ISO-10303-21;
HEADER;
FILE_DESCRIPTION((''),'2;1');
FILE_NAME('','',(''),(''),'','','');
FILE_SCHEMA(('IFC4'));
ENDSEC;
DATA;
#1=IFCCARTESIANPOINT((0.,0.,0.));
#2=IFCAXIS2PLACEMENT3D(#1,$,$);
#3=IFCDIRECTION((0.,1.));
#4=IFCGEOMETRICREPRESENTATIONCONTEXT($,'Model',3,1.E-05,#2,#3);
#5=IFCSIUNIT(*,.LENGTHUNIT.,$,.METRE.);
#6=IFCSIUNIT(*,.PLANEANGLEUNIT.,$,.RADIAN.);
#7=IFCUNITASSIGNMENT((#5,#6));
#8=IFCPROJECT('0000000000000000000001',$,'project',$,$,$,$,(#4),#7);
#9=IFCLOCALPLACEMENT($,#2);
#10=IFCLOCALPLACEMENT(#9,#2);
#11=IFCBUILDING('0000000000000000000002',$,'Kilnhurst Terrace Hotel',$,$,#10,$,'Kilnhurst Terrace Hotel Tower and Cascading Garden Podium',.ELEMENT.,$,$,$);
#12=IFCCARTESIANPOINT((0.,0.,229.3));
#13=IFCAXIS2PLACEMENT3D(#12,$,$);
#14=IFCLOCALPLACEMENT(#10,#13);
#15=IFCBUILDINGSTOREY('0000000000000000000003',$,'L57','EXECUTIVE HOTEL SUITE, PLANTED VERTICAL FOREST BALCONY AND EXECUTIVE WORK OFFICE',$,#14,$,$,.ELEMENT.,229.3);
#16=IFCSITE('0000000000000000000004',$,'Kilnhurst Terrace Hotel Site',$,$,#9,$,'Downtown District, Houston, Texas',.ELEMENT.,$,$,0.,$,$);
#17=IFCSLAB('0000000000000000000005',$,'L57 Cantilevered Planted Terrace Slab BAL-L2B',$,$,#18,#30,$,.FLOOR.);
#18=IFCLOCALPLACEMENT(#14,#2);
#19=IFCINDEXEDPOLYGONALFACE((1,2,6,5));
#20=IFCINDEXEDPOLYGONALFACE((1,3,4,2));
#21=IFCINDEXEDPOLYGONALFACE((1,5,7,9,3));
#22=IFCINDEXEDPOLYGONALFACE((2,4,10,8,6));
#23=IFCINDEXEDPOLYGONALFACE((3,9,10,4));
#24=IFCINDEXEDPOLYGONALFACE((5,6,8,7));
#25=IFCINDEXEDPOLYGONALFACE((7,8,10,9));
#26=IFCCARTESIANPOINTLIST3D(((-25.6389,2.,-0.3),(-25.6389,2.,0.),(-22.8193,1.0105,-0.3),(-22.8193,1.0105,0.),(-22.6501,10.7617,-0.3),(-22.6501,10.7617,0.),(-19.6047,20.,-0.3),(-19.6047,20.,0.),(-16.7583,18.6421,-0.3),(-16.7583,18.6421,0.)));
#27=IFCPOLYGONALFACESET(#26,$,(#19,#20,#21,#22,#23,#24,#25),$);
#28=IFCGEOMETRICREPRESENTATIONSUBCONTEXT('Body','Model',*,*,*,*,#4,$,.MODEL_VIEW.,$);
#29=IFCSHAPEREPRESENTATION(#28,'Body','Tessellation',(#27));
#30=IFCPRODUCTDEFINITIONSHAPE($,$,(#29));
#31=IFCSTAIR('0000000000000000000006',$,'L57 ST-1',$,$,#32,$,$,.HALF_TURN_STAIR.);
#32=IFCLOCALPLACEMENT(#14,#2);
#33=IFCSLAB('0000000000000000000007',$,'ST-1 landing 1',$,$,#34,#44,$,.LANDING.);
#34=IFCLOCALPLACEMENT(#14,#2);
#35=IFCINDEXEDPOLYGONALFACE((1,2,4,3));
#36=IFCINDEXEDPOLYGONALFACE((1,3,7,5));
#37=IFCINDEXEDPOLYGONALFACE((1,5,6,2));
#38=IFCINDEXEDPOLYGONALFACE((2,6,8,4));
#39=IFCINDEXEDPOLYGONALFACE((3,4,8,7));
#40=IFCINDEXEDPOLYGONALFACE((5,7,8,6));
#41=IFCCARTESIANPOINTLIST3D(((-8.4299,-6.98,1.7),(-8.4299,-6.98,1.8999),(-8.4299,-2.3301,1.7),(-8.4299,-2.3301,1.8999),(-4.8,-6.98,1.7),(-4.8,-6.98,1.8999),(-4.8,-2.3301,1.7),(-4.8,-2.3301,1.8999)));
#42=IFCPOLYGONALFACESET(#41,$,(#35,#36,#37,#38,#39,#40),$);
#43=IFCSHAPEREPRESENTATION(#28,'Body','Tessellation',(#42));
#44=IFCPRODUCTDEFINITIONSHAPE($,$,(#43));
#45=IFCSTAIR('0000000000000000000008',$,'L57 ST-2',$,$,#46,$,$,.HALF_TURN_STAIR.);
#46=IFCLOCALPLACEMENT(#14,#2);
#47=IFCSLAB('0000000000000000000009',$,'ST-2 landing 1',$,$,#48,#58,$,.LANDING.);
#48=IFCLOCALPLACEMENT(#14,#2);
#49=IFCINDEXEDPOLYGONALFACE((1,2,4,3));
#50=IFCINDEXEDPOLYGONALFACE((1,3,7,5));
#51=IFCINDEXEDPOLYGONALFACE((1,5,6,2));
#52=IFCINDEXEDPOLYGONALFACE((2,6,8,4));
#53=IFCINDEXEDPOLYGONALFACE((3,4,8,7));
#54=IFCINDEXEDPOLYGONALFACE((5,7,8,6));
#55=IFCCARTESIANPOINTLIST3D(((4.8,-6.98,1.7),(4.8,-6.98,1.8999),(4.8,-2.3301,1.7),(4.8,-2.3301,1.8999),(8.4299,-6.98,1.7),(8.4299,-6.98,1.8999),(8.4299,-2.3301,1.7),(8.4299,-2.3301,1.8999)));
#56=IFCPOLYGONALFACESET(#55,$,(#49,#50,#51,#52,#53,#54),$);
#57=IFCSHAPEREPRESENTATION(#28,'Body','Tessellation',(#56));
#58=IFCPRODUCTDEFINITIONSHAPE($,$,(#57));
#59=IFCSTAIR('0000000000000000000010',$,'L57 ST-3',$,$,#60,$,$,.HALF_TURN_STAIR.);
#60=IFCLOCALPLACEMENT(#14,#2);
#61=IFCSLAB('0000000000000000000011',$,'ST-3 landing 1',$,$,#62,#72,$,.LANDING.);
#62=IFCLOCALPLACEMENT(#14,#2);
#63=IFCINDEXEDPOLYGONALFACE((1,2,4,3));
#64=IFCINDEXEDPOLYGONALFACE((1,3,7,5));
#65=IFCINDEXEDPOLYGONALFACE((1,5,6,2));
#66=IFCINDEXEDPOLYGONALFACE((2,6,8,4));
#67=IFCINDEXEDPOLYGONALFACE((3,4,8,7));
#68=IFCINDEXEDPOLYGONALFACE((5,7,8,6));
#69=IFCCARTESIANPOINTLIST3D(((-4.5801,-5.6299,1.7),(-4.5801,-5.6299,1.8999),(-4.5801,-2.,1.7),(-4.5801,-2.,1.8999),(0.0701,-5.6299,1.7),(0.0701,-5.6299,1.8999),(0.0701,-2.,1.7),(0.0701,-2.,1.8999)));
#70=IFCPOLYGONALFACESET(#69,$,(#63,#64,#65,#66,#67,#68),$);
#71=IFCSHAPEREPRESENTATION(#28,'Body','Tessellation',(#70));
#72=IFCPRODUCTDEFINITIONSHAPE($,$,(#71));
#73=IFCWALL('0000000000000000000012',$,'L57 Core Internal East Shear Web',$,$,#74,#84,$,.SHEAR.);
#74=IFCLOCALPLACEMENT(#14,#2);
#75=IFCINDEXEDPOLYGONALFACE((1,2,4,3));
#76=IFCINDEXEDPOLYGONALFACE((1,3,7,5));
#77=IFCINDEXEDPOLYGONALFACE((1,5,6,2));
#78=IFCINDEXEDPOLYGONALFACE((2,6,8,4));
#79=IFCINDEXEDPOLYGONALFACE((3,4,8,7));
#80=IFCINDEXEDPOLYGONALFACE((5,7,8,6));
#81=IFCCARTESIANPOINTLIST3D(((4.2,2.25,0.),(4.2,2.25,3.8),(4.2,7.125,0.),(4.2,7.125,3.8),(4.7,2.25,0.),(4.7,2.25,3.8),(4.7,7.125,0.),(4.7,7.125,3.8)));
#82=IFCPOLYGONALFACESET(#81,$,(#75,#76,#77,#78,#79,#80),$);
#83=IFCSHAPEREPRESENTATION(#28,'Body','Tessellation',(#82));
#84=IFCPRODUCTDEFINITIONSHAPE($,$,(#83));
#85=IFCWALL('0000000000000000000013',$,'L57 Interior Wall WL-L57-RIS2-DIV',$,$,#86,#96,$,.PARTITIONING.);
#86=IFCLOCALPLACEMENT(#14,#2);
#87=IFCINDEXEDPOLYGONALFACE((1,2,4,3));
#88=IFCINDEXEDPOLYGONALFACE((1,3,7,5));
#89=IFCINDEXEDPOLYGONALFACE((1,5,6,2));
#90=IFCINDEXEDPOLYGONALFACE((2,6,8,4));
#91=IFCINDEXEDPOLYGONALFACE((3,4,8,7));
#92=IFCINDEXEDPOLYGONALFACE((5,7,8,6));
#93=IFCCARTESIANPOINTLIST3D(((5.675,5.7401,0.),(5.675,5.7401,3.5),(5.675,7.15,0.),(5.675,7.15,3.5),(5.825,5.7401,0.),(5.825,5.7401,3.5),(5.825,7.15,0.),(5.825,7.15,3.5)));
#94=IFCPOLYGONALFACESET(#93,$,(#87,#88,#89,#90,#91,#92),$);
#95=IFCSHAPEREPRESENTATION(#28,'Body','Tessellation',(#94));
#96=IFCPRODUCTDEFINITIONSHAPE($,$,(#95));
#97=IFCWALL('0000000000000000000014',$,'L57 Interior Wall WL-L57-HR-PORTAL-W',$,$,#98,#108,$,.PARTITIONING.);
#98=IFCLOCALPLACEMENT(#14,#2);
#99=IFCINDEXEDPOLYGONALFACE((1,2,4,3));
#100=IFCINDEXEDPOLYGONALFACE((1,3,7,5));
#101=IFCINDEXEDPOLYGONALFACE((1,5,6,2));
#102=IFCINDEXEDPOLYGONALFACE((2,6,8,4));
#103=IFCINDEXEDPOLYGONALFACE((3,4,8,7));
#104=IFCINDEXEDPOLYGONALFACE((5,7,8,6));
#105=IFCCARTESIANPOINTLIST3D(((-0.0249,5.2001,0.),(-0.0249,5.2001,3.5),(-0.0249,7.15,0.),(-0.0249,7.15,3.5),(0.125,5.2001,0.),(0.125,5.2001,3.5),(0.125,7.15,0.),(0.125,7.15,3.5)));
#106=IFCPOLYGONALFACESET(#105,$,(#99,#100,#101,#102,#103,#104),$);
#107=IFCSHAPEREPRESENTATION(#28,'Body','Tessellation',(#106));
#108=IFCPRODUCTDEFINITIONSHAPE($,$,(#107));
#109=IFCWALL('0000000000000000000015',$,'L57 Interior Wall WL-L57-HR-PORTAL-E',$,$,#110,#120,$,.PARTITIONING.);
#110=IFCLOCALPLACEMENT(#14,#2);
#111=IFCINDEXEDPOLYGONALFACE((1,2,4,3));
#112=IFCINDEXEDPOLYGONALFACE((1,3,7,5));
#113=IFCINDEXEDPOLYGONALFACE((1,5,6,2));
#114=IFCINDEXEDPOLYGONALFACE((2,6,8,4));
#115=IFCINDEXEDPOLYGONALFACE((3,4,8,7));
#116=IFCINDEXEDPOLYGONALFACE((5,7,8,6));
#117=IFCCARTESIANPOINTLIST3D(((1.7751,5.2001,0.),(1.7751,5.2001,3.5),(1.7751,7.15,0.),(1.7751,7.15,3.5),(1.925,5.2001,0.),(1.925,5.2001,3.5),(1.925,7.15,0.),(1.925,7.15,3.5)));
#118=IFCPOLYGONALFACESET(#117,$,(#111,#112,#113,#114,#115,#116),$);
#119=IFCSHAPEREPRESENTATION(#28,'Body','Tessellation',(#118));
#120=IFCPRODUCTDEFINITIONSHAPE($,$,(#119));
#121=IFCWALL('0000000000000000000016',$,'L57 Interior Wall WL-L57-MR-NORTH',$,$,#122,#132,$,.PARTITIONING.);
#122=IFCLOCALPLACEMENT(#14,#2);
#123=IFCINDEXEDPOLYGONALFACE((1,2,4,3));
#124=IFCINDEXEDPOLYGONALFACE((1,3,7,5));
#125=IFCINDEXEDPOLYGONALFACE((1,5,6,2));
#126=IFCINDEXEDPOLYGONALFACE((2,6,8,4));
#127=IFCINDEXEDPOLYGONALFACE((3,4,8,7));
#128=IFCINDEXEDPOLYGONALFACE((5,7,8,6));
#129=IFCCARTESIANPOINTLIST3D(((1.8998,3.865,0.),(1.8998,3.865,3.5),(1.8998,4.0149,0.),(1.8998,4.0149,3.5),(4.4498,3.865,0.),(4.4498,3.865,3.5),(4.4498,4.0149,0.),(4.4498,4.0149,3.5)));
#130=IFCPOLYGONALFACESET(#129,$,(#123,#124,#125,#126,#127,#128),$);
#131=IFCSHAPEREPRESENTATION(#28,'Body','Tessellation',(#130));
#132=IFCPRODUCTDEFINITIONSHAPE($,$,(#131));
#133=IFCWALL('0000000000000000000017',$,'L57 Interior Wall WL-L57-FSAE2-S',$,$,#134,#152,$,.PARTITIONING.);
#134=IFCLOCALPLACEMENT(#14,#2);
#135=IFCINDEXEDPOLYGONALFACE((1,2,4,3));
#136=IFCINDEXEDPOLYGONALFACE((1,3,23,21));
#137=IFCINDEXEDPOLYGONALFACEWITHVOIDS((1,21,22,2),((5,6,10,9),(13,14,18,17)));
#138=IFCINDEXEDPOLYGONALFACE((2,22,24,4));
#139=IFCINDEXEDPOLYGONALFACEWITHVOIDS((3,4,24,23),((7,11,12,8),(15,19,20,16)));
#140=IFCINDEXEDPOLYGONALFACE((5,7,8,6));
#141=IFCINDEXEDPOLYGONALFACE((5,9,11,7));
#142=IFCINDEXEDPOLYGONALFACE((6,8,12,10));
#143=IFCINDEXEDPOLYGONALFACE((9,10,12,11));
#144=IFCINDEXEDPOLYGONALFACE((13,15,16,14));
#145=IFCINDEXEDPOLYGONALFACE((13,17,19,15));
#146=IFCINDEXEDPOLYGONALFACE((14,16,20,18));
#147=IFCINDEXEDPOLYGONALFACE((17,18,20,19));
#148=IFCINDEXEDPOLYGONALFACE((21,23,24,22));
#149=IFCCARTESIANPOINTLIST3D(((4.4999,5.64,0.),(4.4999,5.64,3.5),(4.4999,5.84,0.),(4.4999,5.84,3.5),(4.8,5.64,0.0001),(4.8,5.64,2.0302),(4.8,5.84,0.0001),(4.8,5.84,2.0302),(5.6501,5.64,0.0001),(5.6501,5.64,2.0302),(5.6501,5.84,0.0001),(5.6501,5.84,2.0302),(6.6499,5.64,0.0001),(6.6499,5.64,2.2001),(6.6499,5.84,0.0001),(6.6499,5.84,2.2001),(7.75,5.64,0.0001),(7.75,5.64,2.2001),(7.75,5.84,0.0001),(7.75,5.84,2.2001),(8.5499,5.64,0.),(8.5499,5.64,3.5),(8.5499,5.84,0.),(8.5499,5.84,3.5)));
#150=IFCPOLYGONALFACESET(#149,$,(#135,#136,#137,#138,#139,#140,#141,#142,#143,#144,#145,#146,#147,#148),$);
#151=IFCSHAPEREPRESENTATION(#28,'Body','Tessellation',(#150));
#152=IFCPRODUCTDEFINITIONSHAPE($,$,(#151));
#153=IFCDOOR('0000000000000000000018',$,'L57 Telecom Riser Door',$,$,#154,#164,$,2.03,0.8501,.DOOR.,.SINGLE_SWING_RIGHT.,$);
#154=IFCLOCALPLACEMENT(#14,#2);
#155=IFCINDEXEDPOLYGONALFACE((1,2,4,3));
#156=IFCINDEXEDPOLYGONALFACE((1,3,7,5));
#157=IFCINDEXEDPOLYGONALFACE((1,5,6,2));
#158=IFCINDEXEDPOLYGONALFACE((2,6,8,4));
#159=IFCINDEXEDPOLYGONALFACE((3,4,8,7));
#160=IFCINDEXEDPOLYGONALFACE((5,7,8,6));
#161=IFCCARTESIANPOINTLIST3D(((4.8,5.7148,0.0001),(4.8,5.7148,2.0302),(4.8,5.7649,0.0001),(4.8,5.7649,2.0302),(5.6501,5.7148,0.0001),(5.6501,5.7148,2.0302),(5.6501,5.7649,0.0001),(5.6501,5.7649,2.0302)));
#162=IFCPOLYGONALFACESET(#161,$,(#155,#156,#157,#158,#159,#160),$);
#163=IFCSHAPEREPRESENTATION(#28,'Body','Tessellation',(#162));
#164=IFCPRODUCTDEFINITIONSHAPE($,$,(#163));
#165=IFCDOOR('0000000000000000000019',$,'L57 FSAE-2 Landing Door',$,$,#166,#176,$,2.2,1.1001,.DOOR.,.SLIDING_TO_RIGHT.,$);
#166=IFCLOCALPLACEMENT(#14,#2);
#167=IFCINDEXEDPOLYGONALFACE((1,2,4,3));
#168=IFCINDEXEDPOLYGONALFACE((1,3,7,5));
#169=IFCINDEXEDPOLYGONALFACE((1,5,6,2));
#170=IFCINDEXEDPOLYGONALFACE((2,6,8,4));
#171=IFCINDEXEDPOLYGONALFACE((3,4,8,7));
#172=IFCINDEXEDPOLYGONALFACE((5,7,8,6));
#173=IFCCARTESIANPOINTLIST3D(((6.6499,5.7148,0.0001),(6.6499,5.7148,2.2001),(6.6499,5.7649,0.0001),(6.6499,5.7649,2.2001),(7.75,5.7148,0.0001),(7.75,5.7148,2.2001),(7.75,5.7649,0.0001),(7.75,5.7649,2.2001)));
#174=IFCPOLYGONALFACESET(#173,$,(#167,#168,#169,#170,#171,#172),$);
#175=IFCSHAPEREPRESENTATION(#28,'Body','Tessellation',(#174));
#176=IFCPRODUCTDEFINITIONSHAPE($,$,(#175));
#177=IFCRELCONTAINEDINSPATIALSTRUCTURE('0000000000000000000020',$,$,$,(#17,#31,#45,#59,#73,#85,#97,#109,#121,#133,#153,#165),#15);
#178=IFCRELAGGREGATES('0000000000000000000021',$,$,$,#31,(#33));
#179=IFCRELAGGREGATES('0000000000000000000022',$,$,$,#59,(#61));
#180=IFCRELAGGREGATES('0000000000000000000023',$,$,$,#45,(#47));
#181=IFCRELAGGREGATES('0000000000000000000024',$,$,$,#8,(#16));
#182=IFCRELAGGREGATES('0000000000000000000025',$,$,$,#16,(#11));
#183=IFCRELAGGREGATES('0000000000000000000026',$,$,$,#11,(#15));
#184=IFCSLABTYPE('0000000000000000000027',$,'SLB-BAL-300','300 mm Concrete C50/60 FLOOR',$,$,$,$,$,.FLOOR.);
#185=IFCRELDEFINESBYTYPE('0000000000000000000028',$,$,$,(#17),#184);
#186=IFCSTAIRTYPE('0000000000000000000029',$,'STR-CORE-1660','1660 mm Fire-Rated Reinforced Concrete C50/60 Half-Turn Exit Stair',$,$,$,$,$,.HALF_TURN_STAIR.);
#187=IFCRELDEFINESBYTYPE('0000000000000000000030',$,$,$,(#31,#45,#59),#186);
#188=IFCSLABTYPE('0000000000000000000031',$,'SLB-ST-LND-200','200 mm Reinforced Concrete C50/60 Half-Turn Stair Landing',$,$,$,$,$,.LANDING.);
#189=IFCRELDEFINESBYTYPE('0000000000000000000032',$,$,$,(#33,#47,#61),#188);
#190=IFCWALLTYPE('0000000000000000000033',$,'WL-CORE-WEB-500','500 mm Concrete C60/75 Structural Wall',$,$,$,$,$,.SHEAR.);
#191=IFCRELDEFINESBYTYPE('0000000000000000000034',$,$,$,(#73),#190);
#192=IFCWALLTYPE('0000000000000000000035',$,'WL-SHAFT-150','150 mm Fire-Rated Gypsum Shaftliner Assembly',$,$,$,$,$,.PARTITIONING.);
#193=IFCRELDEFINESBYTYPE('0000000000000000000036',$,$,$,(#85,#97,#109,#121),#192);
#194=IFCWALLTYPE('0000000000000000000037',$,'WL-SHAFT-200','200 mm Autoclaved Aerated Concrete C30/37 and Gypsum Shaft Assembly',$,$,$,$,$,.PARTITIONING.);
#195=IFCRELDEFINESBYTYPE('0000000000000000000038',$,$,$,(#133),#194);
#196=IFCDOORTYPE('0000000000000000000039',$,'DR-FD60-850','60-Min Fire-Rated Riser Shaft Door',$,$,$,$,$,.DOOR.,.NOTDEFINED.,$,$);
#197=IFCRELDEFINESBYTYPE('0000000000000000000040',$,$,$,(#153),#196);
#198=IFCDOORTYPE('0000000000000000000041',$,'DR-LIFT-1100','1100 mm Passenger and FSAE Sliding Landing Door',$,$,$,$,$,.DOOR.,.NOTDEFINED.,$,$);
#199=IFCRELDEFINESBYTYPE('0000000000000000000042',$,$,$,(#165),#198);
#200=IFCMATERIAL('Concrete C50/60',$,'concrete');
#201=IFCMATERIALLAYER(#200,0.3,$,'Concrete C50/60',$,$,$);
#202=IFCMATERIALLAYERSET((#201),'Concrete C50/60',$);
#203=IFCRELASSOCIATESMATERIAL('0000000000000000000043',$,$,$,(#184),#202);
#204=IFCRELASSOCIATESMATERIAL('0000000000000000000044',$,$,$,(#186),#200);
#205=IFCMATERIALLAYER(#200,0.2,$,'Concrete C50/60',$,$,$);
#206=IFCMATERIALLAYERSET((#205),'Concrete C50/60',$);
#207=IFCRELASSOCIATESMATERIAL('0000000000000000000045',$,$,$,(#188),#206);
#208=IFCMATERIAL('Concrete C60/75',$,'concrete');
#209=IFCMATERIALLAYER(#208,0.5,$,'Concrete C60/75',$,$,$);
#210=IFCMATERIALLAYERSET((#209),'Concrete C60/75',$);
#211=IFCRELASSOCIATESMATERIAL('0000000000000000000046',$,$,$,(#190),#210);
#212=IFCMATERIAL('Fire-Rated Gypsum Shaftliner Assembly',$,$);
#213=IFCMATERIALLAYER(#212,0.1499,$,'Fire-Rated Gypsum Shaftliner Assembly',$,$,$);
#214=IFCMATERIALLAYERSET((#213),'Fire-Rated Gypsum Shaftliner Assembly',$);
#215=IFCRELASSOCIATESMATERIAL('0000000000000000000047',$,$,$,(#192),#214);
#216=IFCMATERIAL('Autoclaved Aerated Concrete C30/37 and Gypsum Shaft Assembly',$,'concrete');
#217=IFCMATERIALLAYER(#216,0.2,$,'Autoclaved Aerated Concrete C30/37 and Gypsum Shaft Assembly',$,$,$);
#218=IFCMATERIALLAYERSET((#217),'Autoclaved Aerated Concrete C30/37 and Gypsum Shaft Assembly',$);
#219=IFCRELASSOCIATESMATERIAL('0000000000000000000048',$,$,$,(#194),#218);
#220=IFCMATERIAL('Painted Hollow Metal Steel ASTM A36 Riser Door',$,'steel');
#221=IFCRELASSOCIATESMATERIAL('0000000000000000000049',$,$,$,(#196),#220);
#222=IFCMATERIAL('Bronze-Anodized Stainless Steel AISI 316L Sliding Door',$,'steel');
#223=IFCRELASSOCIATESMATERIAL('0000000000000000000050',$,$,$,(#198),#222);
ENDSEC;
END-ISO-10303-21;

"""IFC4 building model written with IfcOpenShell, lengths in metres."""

from ifc_helpers import new_model, si_unit, direction, frame, frame_2d, origin, place, context, subcontext, project, spatial, polyline, rectangle, outline, extrude, material, layer, layer_set, type_object, element, fill, aggregate, save


model = new_model("IFC4")

# Units and contexts
model_context = context("Model", 3, precision=1e-05, world=origin(), true_north=direction((0.0, 1.0)))
body_context = subcontext(model_context, "Body", "Model", "MODEL_VIEW")
ifc_project = project(units=[si_unit("LENGTHUNIT", "METRE"), si_unit("PLANEANGLEUNIT", "RADIAN")], contexts=[model_context])

# Site, building, storey
site_placement = place(None, origin())
site = spatial("IfcSite", under=ifc_project, at=site_placement, Name="Kilnhurst Terrace Hotel Site", LongName="Downtown District, Houston, Texas", CompositionType="ELEMENT", RefElevation=0.0)
building_placement = place(site_placement, origin())
building = spatial("IfcBuilding", under=site, at=building_placement, Name="Kilnhurst Terrace Hotel", LongName="Kilnhurst Terrace Hotel Tower and Cascading Garden Podium", CompositionType="ELEMENT")
storey_placement = place(building_placement, frame((0.0, 0.0, 229.3)))
storey = spatial("IfcBuildingStorey", under=building, at=storey_placement, Name="L57", Description="EXECUTIVE HOTEL SUITE, PLANTED VERTICAL FOREST BALCONY AND EXECUTIVE WORK OFFICE", CompositionType="ELEMENT", Elevation=229.3)

# Slab
ifc_material_1 = material(Name="Concrete C50/60", Category="concrete")
ifc_layer_1 = layer(ifc_material_1, 0.3, Name="Concrete C50/60")
ifc_layer_set_1 = layer_set([ifc_layer_1], Name="Concrete C50/60")
slab_type_1 = type_object("IfcSlabType", Name="SLB-BAL-300", Description="300 mm Concrete C50/60 FLOOR", PredefinedType="FLOOR", material=ifc_layer_set_1)
slab_1_placement = place(storey_placement, frame((0.0, 0.0, -0.3)))
element("IfcSlab", 1, at=slab_1_placement, inside=storey, type_object=slab_type_1, Name="L57 Cantilevered Planted Terrace Slab BAL-L2B", PredefinedType="FLOOR", context=body_context, shape_type="SweptSolid", body=[
    extrude(outline(polyline([(-19.6047, 20.0), (-16.7583, 18.6421), (-22.8193, 1.0105), (-25.6389, 2.0), (-22.6501, 10.7617), (-19.6047, 20.0)])), origin(), (0.0, 0.0, 1.0), 0.3),
])

# Stairs, slabs
stair_type = type_object("IfcStairType", Name="STR-CORE-1660", Description="1660 mm Fire-Rated Reinforced Concrete C50/60 Half-Turn Exit Stair", PredefinedType="HALF_TURN_STAIR", material=ifc_material_1)
stair_1_placement = place(storey_placement, origin())
stair_1 = element("IfcStair", 2, at=stair_1_placement, inside=storey, type_object=stair_type, Name="L57 ST-1", PredefinedType="HALF_TURN_STAIR")
ifc_layer_2 = layer(ifc_material_1, 0.2, Name="Concrete C50/60")
ifc_layer_set_2 = layer_set([ifc_layer_2], Name="Concrete C50/60")
slab_type_2 = type_object("IfcSlabType", Name="SLB-ST-LND-200", Description="200 mm Reinforced Concrete C50/60 Half-Turn Stair Landing", PredefinedType="LANDING", material=ifc_layer_set_2)
slab_2_placement = place(storey_placement, frame((0.0, 0.0, 1.7)))
slab_2 = element("IfcSlab", 3, at=slab_2_placement, type_object=slab_type_2, Name="ST-1 landing 1", PredefinedType="LANDING", context=body_context, shape_type="SweptSolid", body=[
    extrude(outline(polyline([(-8.4299, -2.3301), (-4.8, -2.3301), (-4.8, -6.98), (-8.4299, -6.98), (-8.4299, -2.3301)])), origin(), (0.0, 0.0, 1.0), 0.2),
])
aggregate(stair_1, [slab_2])
stair_2_placement = place(storey_placement, origin())
stair_2 = element("IfcStair", 4, at=stair_2_placement, inside=storey, type_object=stair_type, Name="L57 ST-2", PredefinedType="HALF_TURN_STAIR")
slab_3_placement = place(storey_placement, frame((0.0, 0.0, 1.7)))
slab_3 = element("IfcSlab", 5, at=slab_3_placement, type_object=slab_type_2, Name="ST-2 landing 1", PredefinedType="LANDING", context=body_context, shape_type="SweptSolid", body=[
    extrude(outline(polyline([(4.8, -2.3301), (8.4299, -2.3301), (8.4299, -6.98), (4.8, -6.98), (4.8, -2.3301)])), origin(), (0.0, 0.0, 1.0), 0.2),
])
stair_3_placement = place(storey_placement, origin())
stair_3 = element("IfcStair", 6, at=stair_3_placement, inside=storey, type_object=stair_type, Name="L57 ST-3", PredefinedType="HALF_TURN_STAIR")
slab_4_placement = place(storey_placement, frame((0.0, 0.0, 1.7)))
slab_4 = element("IfcSlab", 7, at=slab_4_placement, type_object=slab_type_2, Name="ST-3 landing 1", PredefinedType="LANDING", context=body_context, shape_type="SweptSolid", body=[
    extrude(outline(polyline([(0.0701, -2.0), (0.0701, -5.6299), (-4.5801, -5.6299), (-4.5801, -2.0), (0.0701, -2.0)])), origin(), (0.0, 0.0, 1.0), 0.2),
])
aggregate(stair_3, [slab_4])

# Walls
ifc_material_2 = material(Name="Concrete C60/75", Category="concrete")
ifc_layer_3 = layer(ifc_material_2, 0.5, Name="Concrete C60/75")
ifc_layer_set_3 = layer_set([ifc_layer_3], Name="Concrete C60/75")
wall_type_1 = type_object("IfcWallType", Name="WL-CORE-WEB-500", Description="500 mm Concrete C60/75 Structural Wall", PredefinedType="SHEAR", material=ifc_layer_set_3)
wall_1_placement = place(storey_placement, frame((4.45, 2.25, 0.0), z_axis=(0.0, 0.0, 1.0), x_axis=(0.0, 1.0, 0.0)))
element("IfcWall", 8, at=wall_1_placement, inside=storey, type_object=wall_type_1, Name="L57 Core Internal East Shear Web", PredefinedType="SHEAR", context=body_context, shape_type="SweptSolid", body=[
    extrude(rectangle(XDim=4.875, YDim=0.5, at=frame_2d((2.4375, 0.0))), origin(), (0.0, 0.0, 1.0), 3.8),
])
ifc_material_3 = material(Name="Fire-Rated Gypsum Shaftliner Assembly")
ifc_layer_4 = layer(ifc_material_3, 0.1499, Name="Fire-Rated Gypsum Shaftliner Assembly")
ifc_layer_set_4 = layer_set([ifc_layer_4], Name="Fire-Rated Gypsum Shaftliner Assembly")
wall_type_2 = type_object("IfcWallType", Name="WL-SHAFT-150", Description="150 mm Fire-Rated Gypsum Shaftliner Assembly", PredefinedType="PARTITIONING", material=ifc_layer_set_4)
wall_2_placement = place(storey_placement, frame((5.75, 5.74, 0.0), z_axis=(0.0, 0.0, 1.0), x_axis=(0.0, 1.0, 0.0)))
element("IfcWall", 9, at=wall_2_placement, inside=storey, type_object=wall_type_2, Name="L57 Interior Wall WL-L57-RIS2-DIV", PredefinedType="PARTITIONING", context=body_context, shape_type="SweptSolid", body=[
    extrude(rectangle(XDim=1.4099, YDim=0.1499, at=frame_2d((0.7051, 0.0))), origin(), (0.0, 0.0, 1.0), 3.5),
])
for number, where, z_axis, x_axis, name in (
    (10, (0.05, 5.2, 0.0), (0.0, 0.0, 1.0), (0.0, 1.0, 0.0), "L57 Interior Wall WL-L57-HR-PORTAL-W"),
    (11, (1.8501, 5.2, 0.0), (0.0, 0.0, 1.0), (0.0, 1.0, 0.0), "L57 Interior Wall WL-L57-HR-PORTAL-E"),
):
    element("IfcWall", number, at=place(storey_placement, frame(where, z_axis=z_axis, x_axis=x_axis)), inside=storey, type_object=wall_type_2, Name=name, PredefinedType="PARTITIONING", context=body_context, shape_type="SweptSolid", body=[
        extrude(rectangle(XDim=1.95, YDim=0.1499, at=frame_2d((0.9751, 0.0))), origin(), (0.0, 0.0, 1.0), 3.5),
    ])
wall_3_placement = place(storey_placement, frame((1.8999, 3.9399, 0.0), z_axis=(0.0, 0.0, 1.0), x_axis=(1.0, 0.0, 0.0)))
element("IfcWall", 12, at=wall_3_placement, inside=storey, type_object=wall_type_2, Name="L57 Interior Wall WL-L57-MR-NORTH", PredefinedType="PARTITIONING", context=body_context, shape_type="SweptSolid", body=[
    extrude(rectangle(XDim=2.55, YDim=0.1499, at=frame_2d((1.2749, 0.0))), origin(), (0.0, 0.0, 1.0), 3.5),
])

# Wall, openings, doors
ifc_material_4 = material(Name="Autoclaved Aerated Concrete C30/37 and Gypsum Shaft Assembly", Category="concrete")
ifc_layer_5 = layer(ifc_material_4, 0.2, Name="Autoclaved Aerated Concrete C30/37 and Gypsum Shaft Assembly")
ifc_layer_set_5 = layer_set([ifc_layer_5], Name="Autoclaved Aerated Concrete C30/37 and Gypsum Shaft Assembly")
wall_type_3 = type_object("IfcWallType", Name="WL-SHAFT-200", Description="200 mm Autoclaved Aerated Concrete C30/37 and Gypsum Shaft Assembly", PredefinedType="PARTITIONING", material=ifc_layer_set_5)
wall_4_placement = place(storey_placement, frame((4.5, 5.74, 0.0), z_axis=(0.0, 0.0, 1.0), x_axis=(1.0, 0.0, 0.0)))
wall_4 = element("IfcWall", 13, at=wall_4_placement, inside=storey, type_object=wall_type_3, Name="L57 Interior Wall WL-L57-FSAE2-S", PredefinedType="PARTITIONING", context=body_context, shape_type="SweptSolid", body=[
    extrude(rectangle(XDim=4.05, YDim=0.2, at=frame_2d((2.0249, 0.0))), origin(), (0.0, 0.0, 1.0), 3.5),
])
opening_1_placement = place(wall_4_placement, frame((0.3, 0.0, 0.0)))
opening_1 = element("IfcOpeningElement", 14, at=opening_1_placement, cuts=wall_4, PredefinedType="OPENING", context=body_context, shape_type="SweptSolid", body=[
    extrude(rectangle(XDim=0.8501, YDim=2.03, at=frame_2d((0.425, 1.0151))), frame((0.0, 0.1099, 0.0), z_axis=(0.0, -1.0, 0.0), x_axis=(1.0, 0.0, 0.0)), (0.0, 0.0, 1.0), 0.22),
])
opening_2_placement = place(wall_4_placement, frame((2.1499, 0.0, 0.0)))
opening_2 = element("IfcOpeningElement", 15, at=opening_2_placement, cuts=wall_4, PredefinedType="OPENING", context=body_context, shape_type="SweptSolid", body=[
    extrude(rectangle(XDim=1.1001, YDim=2.2, at=frame_2d((0.55, 1.1001))), frame((0.0, 0.1099, 0.0), z_axis=(0.0, -1.0, 0.0), x_axis=(1.0, 0.0, 0.0)), (0.0, 0.0, 1.0), 0.22),
])
ifc_material_5 = material(Name="Painted Hollow Metal Steel ASTM A36 Riser Door", Category="steel")
door_type_1 = type_object("IfcDoorType", Name="DR-FD60-850", Description="60-Min Fire-Rated Riser Shaft Door", OperationType="NOTDEFINED", PredefinedType="DOOR", material=ifc_material_5)
door_1_placement = place(opening_1_placement, origin())
door_1 = element("IfcDoor", 16, at=door_1_placement, inside=storey, type_object=door_type_1, Name="L57 Telecom Riser Door", OperationType="SINGLE_SWING_RIGHT", OverallHeight=2.03, OverallWidth=0.8501, PredefinedType="DOOR", context=body_context, shape_type="SweptSolid", body=[
    extrude(rectangle(XDim=0.8501, YDim=2.03, at=frame_2d((0.425, 1.0151))), frame((0.0, 0.0249, 0.0), z_axis=(0.0, -1.0, 0.0), x_axis=(1.0, 0.0, 0.0)), (0.0, 0.0, 1.0), 0.05),
])
fill(opening_1, door_1)
ifc_material_6 = material(Name="Bronze-Anodized Stainless Steel AISI 316L Sliding Door", Category="steel")
door_type_2 = type_object("IfcDoorType", Name="DR-LIFT-1100", Description="1100 mm Passenger and FSAE Sliding Landing Door", OperationType="NOTDEFINED", PredefinedType="DOOR", material=ifc_material_6)
door_2_placement = place(opening_2_placement, origin())
door_2 = element("IfcDoor", 17, at=door_2_placement, inside=storey, type_object=door_type_2, Name="L57 FSAE-2 Landing Door", OperationType="SLIDING_TO_RIGHT", OverallHeight=2.2, OverallWidth=1.1001, PredefinedType="DOOR", context=body_context, shape_type="SweptSolid", body=[
    extrude(rectangle(XDim=1.1001, YDim=2.2, at=frame_2d((0.55, 1.1001))), frame((0.0, 0.0249, 0.0), z_axis=(0.0, -1.0, 0.0), x_axis=(1.0, 0.0, 0.0)), (0.0, 0.0, 1.0), 0.05),
])
fill(opening_2, door_2)

aggregate(stair_2, [slab_3])

save(model, "model.ifc")
